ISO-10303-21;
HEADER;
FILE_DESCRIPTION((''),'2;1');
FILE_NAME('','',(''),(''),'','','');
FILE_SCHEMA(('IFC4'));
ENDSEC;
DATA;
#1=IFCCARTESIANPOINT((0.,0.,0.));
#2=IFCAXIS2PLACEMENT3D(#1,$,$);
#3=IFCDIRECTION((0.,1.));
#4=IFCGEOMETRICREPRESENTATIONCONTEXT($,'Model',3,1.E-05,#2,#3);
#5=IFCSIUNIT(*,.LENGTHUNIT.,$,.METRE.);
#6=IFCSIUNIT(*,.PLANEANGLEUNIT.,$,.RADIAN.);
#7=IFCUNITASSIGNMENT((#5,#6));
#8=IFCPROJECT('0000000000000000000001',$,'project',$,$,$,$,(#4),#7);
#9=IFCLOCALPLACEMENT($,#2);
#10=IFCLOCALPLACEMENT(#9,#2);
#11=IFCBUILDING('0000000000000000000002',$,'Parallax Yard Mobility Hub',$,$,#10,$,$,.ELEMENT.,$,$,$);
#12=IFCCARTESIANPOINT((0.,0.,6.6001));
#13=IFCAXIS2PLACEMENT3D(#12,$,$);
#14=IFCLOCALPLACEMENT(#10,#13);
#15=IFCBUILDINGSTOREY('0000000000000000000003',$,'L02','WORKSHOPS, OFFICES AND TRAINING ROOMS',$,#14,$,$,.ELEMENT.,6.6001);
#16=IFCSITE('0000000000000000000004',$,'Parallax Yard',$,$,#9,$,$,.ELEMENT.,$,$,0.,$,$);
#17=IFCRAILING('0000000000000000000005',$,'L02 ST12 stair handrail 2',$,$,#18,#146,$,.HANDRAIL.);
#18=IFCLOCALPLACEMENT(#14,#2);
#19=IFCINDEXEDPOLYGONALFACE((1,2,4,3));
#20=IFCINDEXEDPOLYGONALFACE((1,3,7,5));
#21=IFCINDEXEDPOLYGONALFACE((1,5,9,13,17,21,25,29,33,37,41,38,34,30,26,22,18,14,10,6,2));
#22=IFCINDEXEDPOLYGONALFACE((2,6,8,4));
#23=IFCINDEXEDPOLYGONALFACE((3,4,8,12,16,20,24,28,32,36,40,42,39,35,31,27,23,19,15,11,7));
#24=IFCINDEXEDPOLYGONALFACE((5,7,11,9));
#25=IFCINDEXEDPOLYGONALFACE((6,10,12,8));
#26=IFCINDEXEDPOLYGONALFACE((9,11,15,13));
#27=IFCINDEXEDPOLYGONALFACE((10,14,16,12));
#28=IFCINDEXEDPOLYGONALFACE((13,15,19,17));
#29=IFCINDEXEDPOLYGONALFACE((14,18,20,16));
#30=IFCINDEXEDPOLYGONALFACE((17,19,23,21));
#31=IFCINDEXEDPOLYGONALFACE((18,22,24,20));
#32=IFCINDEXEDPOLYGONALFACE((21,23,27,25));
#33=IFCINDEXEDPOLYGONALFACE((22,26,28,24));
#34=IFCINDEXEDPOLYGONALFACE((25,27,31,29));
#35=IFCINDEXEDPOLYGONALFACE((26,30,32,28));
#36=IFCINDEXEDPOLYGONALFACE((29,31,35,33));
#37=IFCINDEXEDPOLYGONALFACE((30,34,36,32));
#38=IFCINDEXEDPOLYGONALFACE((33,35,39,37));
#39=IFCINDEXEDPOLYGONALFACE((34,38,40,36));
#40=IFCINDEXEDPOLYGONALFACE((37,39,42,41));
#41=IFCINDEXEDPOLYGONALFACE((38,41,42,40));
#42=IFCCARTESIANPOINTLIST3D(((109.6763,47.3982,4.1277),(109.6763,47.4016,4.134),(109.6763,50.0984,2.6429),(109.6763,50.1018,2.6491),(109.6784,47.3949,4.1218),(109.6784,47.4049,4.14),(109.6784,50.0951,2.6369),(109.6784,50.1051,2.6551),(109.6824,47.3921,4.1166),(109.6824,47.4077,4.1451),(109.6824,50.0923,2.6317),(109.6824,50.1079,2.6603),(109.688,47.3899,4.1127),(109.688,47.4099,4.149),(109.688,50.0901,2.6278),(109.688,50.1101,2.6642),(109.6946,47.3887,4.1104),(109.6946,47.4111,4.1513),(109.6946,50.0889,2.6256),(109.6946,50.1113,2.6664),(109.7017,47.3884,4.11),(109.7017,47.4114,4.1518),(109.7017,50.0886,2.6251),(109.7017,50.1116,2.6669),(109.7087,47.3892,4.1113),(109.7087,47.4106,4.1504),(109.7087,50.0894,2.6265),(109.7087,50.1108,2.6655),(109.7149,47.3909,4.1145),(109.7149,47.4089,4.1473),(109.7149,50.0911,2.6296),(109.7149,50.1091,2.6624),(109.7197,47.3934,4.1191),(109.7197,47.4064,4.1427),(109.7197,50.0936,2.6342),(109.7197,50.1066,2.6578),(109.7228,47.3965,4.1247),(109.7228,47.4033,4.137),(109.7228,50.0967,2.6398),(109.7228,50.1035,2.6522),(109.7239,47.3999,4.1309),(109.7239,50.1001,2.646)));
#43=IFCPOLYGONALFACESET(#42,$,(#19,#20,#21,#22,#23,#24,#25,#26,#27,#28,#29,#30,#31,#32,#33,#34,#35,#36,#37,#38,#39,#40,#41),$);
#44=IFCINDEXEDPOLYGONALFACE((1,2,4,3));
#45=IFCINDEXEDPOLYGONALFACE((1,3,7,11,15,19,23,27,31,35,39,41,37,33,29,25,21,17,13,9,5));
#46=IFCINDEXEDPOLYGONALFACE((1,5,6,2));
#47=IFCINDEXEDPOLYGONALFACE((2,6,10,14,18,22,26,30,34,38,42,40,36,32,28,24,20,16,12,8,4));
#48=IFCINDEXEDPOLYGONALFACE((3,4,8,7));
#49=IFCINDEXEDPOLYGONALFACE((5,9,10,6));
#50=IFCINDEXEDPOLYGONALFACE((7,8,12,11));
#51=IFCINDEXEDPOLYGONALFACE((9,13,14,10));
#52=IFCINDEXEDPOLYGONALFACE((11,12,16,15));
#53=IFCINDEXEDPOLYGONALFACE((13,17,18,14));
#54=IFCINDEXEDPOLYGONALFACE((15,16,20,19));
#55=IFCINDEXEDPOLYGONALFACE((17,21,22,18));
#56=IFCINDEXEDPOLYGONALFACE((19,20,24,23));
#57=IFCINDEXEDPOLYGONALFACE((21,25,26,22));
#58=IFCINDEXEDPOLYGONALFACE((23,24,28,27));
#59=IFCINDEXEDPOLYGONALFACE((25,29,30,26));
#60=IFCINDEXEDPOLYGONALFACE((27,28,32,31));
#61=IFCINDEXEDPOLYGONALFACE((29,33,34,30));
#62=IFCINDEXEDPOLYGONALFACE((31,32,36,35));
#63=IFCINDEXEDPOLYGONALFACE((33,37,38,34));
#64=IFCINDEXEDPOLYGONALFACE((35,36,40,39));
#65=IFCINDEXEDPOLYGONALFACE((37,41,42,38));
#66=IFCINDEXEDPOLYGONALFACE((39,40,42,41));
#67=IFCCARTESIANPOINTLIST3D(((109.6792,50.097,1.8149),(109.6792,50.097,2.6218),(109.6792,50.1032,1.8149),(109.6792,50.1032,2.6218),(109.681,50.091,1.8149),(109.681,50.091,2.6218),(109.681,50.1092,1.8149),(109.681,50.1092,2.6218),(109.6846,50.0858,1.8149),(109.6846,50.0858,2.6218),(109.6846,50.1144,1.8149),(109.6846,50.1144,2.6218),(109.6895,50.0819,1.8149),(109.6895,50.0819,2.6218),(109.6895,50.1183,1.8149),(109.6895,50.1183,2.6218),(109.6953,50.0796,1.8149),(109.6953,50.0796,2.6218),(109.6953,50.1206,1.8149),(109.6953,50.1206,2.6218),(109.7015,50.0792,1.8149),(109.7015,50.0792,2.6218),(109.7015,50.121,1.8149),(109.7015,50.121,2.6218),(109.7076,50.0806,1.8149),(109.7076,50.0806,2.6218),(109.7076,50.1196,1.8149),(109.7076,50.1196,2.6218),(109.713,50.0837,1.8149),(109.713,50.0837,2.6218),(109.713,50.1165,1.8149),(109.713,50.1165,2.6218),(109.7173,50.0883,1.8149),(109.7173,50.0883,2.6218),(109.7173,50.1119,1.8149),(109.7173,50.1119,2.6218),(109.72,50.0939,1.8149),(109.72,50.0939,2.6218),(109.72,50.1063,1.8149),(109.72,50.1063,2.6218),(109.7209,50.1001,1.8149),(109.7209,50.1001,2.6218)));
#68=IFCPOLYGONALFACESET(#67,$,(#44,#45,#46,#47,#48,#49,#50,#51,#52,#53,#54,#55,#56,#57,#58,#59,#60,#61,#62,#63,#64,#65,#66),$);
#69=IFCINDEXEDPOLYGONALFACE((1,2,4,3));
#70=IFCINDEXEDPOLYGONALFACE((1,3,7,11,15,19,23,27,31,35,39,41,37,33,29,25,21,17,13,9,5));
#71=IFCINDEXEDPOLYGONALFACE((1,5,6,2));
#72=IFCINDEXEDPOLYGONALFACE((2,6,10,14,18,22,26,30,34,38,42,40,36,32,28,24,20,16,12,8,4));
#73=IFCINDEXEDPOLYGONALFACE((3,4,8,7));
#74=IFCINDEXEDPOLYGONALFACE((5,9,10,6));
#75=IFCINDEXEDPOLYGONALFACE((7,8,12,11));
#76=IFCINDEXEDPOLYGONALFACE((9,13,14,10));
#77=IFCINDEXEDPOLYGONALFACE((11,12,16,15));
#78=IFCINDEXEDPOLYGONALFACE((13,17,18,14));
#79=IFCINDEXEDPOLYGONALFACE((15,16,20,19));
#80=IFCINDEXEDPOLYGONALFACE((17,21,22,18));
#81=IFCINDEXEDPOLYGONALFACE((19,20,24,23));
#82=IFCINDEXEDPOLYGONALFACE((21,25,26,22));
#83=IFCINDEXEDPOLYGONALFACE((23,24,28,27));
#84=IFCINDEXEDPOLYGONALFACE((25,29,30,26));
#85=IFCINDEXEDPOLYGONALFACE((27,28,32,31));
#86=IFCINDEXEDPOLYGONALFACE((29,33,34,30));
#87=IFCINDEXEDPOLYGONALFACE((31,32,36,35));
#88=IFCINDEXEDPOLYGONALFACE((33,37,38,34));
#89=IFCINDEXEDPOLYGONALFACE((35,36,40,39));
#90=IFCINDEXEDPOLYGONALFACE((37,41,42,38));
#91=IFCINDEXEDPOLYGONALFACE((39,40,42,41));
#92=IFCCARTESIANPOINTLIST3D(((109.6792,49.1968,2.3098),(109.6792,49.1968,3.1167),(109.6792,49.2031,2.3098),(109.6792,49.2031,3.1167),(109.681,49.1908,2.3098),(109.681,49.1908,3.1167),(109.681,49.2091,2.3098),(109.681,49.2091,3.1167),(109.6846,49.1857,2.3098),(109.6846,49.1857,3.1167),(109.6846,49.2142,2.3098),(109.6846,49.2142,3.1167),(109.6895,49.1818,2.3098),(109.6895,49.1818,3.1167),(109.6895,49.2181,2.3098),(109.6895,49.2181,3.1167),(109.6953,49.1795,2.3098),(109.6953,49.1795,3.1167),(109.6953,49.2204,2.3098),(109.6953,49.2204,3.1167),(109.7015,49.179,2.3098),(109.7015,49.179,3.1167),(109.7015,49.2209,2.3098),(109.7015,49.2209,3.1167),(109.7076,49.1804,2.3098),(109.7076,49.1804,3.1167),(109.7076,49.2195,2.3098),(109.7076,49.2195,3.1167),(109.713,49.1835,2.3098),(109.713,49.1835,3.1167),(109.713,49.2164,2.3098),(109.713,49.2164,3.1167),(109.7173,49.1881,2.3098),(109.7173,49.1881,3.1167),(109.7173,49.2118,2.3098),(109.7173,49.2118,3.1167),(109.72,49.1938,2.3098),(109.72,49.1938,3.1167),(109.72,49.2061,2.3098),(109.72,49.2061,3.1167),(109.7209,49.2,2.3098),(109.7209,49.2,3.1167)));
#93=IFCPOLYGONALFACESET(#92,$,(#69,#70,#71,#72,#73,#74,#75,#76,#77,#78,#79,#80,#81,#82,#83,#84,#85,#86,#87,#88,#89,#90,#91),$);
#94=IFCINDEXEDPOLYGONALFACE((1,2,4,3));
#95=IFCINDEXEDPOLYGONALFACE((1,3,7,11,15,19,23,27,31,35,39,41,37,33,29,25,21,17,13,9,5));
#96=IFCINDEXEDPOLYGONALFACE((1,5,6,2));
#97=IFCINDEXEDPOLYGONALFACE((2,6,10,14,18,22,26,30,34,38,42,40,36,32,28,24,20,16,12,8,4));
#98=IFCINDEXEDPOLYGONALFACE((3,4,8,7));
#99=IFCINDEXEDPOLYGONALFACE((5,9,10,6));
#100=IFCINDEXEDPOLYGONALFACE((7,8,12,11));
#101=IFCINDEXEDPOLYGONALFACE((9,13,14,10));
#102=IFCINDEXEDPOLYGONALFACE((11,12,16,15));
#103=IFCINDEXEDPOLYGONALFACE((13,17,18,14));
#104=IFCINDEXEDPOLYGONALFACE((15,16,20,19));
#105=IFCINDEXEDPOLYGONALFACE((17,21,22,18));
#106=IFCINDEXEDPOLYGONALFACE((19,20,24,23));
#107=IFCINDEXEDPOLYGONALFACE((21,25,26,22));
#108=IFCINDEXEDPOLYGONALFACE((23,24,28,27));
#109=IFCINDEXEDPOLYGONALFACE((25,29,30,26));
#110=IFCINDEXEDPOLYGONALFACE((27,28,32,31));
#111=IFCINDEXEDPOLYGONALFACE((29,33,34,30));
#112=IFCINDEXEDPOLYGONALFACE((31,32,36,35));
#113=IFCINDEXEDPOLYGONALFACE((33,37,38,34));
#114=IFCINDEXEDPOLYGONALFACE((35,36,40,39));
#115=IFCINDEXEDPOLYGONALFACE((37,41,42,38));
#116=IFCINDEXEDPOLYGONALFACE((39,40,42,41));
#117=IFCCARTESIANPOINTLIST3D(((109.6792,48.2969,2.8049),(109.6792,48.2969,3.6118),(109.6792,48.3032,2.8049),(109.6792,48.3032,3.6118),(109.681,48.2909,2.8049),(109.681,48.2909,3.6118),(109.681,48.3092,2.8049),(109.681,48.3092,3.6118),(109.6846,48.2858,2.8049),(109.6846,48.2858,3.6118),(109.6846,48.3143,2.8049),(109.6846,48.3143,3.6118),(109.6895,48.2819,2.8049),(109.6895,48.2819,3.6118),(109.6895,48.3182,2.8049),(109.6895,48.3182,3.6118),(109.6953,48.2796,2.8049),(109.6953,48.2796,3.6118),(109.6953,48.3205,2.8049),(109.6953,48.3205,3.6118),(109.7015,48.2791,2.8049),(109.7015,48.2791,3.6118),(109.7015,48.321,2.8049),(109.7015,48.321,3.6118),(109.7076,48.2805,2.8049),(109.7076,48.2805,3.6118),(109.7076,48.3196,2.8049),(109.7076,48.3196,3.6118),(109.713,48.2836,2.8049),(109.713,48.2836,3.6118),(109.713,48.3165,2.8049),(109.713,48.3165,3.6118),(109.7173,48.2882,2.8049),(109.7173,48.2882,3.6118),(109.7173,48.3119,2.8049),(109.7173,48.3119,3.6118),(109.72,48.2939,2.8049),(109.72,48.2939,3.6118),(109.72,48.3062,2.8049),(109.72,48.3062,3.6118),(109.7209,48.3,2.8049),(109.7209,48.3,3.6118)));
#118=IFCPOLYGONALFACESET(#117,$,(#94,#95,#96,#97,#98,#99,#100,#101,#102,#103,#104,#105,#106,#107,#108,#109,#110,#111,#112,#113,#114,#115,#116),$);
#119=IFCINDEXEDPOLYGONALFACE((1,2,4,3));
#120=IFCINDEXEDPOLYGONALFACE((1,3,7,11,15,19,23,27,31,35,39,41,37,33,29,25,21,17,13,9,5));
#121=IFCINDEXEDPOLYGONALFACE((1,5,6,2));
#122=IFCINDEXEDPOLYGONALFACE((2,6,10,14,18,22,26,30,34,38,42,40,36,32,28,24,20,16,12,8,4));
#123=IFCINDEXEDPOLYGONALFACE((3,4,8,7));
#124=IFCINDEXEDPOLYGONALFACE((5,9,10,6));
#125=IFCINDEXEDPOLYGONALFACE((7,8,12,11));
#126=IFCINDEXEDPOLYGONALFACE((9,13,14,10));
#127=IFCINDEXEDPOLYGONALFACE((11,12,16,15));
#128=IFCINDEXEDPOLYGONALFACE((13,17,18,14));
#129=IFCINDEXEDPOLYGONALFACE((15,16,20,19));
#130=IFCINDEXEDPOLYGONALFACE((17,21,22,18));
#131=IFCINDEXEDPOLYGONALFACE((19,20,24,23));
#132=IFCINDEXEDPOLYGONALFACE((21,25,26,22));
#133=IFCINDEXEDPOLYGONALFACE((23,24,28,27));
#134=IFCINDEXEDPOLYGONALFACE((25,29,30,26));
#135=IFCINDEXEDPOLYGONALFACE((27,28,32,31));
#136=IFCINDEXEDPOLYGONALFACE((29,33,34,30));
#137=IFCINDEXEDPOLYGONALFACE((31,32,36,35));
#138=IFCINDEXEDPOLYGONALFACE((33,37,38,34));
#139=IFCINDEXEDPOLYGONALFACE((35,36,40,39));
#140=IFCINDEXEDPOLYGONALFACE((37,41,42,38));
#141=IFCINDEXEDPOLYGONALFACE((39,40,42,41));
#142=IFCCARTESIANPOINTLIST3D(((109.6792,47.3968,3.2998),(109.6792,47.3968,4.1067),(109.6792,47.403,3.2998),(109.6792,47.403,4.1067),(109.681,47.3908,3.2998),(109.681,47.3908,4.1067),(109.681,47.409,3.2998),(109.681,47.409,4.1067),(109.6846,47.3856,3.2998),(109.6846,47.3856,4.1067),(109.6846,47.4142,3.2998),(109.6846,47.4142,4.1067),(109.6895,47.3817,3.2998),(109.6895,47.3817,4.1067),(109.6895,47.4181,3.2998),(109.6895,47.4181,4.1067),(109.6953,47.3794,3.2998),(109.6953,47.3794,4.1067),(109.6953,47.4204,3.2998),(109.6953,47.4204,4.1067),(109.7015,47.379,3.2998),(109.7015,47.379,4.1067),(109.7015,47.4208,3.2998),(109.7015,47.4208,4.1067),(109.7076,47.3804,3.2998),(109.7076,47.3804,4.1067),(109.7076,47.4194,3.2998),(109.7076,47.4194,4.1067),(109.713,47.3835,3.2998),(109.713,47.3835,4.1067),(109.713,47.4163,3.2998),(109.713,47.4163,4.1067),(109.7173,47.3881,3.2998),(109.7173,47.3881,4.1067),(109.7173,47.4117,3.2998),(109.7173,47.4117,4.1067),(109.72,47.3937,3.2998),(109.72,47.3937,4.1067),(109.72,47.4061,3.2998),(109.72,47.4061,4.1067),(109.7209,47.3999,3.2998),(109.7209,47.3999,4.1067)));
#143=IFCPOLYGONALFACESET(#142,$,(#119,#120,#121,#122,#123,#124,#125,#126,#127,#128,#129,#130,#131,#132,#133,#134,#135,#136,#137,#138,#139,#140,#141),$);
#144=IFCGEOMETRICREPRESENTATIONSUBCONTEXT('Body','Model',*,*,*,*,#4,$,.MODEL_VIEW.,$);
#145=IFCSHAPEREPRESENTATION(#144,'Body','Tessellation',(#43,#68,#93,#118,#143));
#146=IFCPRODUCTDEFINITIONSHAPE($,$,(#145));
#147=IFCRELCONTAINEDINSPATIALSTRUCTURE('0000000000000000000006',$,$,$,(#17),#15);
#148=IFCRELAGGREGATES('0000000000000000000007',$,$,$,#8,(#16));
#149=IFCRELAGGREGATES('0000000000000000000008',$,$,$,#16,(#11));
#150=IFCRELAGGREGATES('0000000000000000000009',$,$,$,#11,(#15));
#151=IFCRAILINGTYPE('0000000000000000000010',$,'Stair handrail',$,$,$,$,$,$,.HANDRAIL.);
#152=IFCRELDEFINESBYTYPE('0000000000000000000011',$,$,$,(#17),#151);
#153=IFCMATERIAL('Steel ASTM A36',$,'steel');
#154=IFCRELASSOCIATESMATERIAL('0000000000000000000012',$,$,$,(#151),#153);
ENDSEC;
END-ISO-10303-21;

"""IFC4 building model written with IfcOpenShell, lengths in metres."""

from ifc_helpers import new_model, si_unit, direction, frame, origin, origin_2d, place, context, subcontext, project, spatial, circle, extrude, material, type_object, element, save


model = new_model("IFC4")

# Units and contexts
model_context = context("Model", 3, precision=1e-05, world=origin(), true_north=direction((0.0, 1.0)))
body_context = subcontext(model_context, "Body", "Model", "MODEL_VIEW")
ifc_project = project(units=[si_unit("LENGTHUNIT", "METRE"), si_unit("PLANEANGLEUNIT", "RADIAN")], contexts=[model_context])

# Site, building, storey
site_placement = place(None, origin())
site = spatial("IfcSite", under=ifc_project, at=site_placement, Name="Parallax Yard", CompositionType="ELEMENT", RefElevation=0.0)
building_placement = place(site_placement, origin())
building = spatial("IfcBuilding", under=site, at=building_placement, Name="Parallax Yard Mobility Hub", CompositionType="ELEMENT")
storey_placement = place(building_placement, frame((0.0, 0.0, 6.6001)))
storey = spatial("IfcBuildingStorey", under=building, at=storey_placement, Name="L02", Description="WORKSHOPS, OFFICES AND TRAINING ROOMS", CompositionType="ELEMENT", Elevation=6.6001)

# Railing
ifc_material_1 = material(Name="Steel ASTM A36", Category="steel")
railing_type_1 = type_object("IfcRailingType", Name="Stair handrail", PredefinedType="HANDRAIL", material=ifc_material_1)
railing_1_placement = place(storey_placement, frame((109.7, 50.1001, 1.8149)))
element("IfcRailing", 1, at=railing_1_placement, inside=storey, type_object=railing_type_1, Name="L02 ST12 stair handrail 2", PredefinedType="HANDRAIL", context=body_context, shape_type="SweptSolid", body=[
    extrude(circle(Radius=0.0239, at=origin_2d()), frame((0.0, 0.0, 0.8311), z_axis=(0.0, -0.876249, 0.481858), x_axis=(1.0, 0.0, 0.0)), (0.0, 0.0, 1.0), 3.0815),
    extrude(circle(Radius=0.021, at=origin_2d()), origin(), (0.0, 0.0, 1.0), 0.8069),
    extrude(circle(Radius=0.021, at=origin_2d()), frame((0.0, -0.9001, 0.4949)), (0.0, 0.0, 1.0), 0.8069),
    extrude(circle(Radius=0.021, at=origin_2d()), frame((0.0, -1.8, 0.99)), (0.0, 0.0, 1.0), 0.8069),
    extrude(circle(Radius=0.021, at=origin_2d()), frame((0.0, -2.7002, 1.4849)), (0.0, 0.0, 1.0), 0.8069),
])

save(model, "model.ifc")
